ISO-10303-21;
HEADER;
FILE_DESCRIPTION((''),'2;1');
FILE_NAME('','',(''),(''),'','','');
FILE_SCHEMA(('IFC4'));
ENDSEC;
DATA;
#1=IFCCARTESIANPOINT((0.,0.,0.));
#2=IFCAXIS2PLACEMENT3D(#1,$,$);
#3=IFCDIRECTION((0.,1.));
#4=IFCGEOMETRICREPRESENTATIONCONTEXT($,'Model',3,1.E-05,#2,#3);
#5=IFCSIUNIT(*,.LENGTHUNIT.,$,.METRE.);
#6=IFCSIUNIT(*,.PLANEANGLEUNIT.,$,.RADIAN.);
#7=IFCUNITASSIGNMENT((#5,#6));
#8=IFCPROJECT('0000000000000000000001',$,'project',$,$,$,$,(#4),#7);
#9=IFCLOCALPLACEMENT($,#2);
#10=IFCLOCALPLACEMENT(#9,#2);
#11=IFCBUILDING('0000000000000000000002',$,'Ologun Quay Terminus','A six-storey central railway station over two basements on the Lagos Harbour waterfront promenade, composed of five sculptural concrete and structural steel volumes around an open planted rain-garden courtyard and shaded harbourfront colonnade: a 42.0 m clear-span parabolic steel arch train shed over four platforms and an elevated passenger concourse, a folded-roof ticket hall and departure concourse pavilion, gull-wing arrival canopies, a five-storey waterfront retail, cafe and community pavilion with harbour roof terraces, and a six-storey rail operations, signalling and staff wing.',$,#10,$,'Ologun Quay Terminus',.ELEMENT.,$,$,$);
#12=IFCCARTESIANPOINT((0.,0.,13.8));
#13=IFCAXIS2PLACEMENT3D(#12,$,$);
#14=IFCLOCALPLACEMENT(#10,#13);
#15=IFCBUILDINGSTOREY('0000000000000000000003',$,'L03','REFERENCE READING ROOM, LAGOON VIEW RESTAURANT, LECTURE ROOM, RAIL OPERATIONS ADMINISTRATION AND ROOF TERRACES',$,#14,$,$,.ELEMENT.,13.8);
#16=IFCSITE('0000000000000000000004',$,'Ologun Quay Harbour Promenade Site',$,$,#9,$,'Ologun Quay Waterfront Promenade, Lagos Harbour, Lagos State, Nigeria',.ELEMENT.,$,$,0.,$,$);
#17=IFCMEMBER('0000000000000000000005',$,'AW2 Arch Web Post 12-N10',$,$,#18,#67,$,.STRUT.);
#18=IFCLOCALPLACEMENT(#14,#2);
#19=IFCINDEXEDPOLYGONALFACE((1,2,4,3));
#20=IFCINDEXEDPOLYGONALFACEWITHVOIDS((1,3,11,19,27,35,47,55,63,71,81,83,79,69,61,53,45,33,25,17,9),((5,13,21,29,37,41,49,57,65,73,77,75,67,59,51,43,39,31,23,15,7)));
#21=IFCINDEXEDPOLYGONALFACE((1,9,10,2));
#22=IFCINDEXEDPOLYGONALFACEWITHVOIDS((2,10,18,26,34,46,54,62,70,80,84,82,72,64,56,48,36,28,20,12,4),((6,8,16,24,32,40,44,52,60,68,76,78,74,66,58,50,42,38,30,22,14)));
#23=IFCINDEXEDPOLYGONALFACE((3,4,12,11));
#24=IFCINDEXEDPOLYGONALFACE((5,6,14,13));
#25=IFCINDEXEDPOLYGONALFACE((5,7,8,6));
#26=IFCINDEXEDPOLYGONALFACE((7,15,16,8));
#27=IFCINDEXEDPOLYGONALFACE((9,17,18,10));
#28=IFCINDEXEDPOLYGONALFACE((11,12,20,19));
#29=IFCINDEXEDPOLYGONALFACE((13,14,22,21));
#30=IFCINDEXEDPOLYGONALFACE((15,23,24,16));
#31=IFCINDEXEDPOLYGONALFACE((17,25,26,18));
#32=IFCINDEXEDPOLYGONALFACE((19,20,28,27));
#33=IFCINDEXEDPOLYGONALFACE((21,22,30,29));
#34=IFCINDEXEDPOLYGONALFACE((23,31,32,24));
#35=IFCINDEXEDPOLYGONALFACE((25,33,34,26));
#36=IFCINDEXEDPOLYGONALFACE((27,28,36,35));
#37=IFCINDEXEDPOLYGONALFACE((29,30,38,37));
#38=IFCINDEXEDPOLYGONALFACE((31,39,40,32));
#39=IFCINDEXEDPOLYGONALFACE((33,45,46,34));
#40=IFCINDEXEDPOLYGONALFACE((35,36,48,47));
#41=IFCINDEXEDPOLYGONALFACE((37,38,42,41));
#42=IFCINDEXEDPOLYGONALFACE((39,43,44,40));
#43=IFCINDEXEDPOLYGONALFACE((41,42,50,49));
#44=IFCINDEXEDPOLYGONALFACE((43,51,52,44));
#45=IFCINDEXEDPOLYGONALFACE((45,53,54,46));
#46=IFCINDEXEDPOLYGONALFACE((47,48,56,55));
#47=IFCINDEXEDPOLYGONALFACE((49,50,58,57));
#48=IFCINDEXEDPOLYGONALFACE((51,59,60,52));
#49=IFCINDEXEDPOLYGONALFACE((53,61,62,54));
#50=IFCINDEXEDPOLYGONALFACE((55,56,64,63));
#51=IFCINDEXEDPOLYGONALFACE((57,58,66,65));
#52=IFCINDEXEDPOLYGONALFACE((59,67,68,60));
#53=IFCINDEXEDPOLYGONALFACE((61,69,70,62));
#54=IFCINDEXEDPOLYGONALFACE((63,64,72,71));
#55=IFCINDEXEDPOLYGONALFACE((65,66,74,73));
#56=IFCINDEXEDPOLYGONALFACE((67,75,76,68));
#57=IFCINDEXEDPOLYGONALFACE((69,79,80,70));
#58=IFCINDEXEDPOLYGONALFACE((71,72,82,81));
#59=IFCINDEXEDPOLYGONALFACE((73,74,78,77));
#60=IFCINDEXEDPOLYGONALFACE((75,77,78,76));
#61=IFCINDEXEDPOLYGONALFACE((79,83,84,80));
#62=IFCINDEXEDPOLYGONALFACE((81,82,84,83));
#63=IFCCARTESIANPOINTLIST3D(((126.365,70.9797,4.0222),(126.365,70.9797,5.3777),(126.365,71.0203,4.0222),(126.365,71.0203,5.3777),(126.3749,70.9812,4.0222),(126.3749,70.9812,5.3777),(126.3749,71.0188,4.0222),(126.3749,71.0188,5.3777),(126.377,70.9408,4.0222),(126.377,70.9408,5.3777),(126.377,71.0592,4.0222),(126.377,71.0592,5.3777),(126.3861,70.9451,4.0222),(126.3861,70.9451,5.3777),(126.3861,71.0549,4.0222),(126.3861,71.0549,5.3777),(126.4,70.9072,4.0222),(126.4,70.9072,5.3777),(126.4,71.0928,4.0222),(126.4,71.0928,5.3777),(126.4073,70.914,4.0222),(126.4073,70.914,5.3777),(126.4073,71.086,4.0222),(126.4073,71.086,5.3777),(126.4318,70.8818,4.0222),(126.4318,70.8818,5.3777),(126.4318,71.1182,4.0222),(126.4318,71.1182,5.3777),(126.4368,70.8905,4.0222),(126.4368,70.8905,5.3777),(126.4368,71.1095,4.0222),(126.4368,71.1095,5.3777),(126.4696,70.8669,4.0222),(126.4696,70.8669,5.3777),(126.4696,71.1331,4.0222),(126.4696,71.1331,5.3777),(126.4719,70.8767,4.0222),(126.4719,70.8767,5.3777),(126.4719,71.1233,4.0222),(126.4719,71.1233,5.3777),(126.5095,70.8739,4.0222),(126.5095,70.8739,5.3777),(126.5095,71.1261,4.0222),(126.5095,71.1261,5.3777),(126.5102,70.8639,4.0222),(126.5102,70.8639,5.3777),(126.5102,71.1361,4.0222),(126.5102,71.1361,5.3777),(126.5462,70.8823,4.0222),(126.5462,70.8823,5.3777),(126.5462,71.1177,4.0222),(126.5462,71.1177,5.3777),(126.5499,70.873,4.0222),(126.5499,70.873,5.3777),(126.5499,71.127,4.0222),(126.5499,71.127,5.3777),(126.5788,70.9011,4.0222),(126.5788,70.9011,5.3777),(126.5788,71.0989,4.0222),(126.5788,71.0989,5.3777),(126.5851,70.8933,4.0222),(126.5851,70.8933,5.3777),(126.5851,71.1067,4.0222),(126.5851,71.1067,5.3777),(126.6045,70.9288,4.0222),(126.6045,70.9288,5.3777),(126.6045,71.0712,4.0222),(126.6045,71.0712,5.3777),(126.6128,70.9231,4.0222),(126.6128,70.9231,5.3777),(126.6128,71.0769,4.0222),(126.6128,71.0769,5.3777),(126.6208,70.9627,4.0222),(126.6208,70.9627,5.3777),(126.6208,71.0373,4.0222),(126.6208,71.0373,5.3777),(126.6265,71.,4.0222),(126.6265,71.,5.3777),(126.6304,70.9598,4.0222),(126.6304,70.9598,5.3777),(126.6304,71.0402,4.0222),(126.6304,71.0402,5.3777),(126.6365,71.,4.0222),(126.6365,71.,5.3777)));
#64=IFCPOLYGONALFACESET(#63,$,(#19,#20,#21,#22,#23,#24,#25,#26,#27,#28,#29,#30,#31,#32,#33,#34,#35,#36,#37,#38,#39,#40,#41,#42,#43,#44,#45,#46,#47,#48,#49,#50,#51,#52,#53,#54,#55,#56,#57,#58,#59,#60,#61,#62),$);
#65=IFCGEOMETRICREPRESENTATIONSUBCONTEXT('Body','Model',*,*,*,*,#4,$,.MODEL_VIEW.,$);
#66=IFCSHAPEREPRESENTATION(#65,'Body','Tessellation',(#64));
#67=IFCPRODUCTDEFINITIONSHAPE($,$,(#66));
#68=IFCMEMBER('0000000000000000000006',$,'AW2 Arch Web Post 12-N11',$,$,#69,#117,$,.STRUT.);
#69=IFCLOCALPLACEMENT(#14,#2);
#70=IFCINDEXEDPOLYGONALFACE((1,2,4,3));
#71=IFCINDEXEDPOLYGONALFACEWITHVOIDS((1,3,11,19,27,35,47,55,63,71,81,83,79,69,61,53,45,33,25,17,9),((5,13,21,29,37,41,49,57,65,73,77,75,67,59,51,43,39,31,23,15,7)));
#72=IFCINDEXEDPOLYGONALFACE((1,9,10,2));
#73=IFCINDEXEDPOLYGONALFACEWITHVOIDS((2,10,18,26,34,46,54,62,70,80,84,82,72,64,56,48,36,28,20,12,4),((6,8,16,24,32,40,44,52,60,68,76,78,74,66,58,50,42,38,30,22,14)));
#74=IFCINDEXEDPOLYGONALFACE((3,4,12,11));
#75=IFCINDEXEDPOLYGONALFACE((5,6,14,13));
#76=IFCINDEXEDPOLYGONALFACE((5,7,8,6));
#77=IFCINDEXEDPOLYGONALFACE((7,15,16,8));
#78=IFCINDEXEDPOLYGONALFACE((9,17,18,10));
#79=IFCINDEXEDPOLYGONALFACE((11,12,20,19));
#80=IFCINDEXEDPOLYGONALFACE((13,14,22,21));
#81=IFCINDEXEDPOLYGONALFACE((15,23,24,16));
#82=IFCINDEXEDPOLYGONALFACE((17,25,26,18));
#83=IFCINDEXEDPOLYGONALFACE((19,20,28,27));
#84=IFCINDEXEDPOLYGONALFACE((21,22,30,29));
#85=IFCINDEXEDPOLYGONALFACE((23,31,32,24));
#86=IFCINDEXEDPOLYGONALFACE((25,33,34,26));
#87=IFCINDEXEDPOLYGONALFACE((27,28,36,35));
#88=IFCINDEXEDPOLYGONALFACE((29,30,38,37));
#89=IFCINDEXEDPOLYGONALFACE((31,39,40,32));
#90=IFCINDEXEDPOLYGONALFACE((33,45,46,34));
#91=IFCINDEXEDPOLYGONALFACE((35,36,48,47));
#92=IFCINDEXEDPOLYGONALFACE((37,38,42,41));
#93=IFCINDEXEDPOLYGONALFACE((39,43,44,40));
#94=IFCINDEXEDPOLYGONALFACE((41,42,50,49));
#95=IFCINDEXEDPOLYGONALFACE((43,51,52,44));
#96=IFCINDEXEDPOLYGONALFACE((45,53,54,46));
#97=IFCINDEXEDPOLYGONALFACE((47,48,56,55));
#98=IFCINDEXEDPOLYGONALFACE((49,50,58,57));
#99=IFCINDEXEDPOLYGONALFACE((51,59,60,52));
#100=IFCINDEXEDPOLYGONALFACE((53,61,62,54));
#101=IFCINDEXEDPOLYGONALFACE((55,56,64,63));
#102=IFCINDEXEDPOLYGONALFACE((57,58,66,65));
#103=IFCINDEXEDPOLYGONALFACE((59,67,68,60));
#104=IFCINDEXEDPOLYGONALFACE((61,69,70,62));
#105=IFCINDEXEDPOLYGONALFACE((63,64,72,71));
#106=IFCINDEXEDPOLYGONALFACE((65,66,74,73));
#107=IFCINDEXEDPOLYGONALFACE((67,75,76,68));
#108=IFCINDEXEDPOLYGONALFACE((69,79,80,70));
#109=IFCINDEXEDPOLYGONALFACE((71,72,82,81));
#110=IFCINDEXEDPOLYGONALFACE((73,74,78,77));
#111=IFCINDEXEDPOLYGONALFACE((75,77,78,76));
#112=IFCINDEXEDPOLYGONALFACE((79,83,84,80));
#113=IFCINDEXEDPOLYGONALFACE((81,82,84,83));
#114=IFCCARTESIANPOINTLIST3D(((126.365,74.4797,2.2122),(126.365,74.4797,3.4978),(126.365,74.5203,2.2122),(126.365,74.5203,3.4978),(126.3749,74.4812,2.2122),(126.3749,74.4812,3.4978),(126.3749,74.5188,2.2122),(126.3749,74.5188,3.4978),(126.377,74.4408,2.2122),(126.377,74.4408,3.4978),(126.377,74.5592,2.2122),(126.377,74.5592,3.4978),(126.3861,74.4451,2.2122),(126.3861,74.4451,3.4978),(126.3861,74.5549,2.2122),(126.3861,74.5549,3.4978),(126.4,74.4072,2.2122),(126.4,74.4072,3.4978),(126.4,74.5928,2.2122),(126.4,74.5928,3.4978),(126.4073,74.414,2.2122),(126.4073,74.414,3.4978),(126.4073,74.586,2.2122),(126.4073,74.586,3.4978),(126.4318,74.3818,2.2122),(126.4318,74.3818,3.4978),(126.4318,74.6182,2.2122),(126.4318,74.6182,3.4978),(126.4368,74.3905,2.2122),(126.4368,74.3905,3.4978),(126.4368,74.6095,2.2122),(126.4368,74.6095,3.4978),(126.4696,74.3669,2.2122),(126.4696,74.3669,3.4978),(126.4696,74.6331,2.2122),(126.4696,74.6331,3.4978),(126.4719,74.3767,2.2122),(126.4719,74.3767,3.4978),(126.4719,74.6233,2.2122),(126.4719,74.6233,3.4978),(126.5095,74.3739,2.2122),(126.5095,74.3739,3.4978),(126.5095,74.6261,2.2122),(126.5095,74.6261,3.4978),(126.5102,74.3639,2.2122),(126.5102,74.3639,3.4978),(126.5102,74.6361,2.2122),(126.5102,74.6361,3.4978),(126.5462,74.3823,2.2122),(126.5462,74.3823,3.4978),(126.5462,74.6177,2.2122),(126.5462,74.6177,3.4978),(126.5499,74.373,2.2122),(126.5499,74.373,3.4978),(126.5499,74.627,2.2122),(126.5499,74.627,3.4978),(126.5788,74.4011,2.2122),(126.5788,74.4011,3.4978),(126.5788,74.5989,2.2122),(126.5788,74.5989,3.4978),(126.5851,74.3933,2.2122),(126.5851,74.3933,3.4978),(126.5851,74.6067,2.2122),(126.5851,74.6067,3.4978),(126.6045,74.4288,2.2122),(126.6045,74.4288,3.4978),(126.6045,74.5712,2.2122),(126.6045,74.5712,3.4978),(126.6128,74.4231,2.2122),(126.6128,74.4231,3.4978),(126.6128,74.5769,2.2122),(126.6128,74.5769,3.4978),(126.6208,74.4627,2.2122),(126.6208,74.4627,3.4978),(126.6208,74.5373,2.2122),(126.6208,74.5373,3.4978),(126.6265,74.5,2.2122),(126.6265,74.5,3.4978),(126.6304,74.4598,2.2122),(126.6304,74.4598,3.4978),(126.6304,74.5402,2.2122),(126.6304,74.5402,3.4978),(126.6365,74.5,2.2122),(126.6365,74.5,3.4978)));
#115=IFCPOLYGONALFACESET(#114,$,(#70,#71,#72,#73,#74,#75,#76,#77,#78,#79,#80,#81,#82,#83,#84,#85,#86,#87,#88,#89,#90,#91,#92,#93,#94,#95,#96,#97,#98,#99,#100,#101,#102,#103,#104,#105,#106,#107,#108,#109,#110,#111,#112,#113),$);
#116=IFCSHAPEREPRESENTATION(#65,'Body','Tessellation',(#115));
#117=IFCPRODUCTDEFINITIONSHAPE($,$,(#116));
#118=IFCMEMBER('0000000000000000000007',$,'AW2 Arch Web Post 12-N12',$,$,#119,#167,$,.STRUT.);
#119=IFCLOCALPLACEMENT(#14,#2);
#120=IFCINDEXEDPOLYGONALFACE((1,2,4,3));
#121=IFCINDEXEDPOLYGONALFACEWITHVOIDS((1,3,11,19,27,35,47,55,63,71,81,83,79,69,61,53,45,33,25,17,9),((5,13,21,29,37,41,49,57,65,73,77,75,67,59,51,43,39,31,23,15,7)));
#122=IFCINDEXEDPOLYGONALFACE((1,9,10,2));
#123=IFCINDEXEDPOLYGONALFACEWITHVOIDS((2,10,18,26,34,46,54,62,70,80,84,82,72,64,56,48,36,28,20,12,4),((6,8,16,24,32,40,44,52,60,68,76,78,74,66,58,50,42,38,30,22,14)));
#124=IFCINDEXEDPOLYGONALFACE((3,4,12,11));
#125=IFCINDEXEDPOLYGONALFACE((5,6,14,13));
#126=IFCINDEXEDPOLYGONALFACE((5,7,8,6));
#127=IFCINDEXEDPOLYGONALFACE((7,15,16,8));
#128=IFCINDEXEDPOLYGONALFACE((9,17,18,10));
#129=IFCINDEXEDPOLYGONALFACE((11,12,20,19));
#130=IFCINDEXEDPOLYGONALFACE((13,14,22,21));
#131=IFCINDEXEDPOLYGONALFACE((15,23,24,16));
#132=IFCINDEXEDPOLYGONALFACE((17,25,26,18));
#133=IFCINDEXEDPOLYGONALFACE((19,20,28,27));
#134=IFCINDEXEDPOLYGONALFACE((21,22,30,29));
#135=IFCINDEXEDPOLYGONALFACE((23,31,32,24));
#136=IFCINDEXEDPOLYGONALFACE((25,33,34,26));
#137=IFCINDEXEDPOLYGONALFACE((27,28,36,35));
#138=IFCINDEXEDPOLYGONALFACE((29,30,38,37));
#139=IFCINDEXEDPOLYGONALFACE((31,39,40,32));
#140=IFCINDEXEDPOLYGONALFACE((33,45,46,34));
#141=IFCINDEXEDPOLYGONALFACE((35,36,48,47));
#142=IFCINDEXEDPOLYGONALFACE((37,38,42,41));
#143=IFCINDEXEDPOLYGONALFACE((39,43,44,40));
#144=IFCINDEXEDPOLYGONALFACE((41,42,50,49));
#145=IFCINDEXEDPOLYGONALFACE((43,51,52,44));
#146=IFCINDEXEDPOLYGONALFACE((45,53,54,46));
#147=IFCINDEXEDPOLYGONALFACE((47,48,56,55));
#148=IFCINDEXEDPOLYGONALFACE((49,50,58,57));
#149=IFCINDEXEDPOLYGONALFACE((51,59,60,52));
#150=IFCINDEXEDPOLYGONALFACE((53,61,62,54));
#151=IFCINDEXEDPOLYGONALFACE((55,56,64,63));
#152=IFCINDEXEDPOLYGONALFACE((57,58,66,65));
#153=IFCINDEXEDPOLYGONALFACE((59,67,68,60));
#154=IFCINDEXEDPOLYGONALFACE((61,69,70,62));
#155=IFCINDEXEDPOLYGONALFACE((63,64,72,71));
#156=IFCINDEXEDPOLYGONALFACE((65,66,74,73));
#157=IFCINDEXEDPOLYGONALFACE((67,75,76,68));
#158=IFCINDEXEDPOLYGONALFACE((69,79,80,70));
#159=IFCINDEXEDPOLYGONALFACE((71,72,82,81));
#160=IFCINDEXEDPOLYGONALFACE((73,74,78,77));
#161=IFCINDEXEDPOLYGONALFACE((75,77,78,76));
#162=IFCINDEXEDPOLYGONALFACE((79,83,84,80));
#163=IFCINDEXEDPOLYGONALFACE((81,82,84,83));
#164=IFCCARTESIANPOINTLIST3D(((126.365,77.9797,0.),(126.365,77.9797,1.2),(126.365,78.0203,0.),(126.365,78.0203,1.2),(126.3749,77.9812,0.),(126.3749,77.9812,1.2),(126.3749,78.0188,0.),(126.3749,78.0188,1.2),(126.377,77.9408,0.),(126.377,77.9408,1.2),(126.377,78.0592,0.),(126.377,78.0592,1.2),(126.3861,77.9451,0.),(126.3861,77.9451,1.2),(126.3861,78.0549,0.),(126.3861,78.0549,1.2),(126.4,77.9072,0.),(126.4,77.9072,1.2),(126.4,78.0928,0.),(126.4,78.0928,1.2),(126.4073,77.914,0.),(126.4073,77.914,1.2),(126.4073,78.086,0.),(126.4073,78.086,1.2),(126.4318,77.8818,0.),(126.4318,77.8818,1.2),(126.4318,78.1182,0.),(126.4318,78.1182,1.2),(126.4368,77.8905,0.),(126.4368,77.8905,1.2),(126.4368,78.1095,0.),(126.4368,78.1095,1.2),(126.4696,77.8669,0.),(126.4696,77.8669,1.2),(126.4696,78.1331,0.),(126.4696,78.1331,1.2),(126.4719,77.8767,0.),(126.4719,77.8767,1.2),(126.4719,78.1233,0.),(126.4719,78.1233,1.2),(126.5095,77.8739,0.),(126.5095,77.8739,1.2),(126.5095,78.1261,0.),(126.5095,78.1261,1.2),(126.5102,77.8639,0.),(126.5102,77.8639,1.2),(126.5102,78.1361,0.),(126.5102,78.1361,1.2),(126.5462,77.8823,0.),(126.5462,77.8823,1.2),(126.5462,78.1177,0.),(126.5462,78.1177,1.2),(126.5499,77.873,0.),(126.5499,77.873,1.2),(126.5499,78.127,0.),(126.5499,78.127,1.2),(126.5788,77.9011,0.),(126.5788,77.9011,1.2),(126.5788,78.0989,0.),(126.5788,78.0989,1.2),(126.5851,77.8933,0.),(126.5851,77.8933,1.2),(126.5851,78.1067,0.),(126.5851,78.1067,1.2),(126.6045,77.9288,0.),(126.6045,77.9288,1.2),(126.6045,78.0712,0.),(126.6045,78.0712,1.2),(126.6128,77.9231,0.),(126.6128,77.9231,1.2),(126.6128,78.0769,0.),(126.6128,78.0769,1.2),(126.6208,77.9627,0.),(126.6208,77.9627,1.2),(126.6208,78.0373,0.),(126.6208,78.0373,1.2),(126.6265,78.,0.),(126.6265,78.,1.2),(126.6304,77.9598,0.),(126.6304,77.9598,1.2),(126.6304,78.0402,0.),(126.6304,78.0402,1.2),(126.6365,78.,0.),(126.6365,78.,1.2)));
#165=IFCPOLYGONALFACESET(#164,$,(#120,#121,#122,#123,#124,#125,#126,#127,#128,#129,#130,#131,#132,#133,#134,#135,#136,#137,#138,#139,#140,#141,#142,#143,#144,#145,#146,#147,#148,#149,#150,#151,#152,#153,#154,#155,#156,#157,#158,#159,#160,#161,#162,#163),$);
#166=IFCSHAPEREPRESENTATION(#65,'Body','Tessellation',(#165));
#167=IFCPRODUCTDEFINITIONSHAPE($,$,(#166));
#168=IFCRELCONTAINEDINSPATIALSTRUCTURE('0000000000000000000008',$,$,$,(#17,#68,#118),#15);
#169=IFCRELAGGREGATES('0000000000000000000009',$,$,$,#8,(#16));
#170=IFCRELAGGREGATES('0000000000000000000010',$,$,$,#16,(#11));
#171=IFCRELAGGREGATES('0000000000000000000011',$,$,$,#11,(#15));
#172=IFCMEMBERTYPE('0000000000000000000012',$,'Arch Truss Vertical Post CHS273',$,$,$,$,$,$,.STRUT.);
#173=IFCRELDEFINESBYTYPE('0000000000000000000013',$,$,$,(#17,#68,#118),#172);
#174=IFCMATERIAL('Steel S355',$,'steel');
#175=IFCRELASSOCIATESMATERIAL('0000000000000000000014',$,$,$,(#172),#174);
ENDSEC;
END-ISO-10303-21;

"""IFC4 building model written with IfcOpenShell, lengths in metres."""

from ifc_helpers import new_model, si_unit, direction, frame, origin, origin_2d, place, context, subcontext, project, spatial, hollow_circle, extrude, material, material_profile, profile_set, type_object, element, save


model = new_model("IFC4")

# Units and contexts
model_context = context("Model", 3, precision=1e-05, world=origin(), true_north=direction((0.0, 1.0)))
body_context = subcontext(model_context, "Body", "Model", "MODEL_VIEW")
ifc_project = project(units=[si_unit("LENGTHUNIT", "METRE"), si_unit("PLANEANGLEUNIT", "RADIAN")], contexts=[model_context])

# Site, building, storey
site_placement = place(None, origin())
site = spatial("IfcSite", under=ifc_project, at=site_placement, Name="Ologun Quay Harbour Promenade Site", LongName="Ologun Quay Waterfront Promenade, Lagos Harbour, Lagos State, Nigeria", CompositionType="ELEMENT", RefElevation=0.0)
building_placement = place(site_placement, origin())
building = spatial("IfcBuilding", under=site, at=building_placement, Name="Ologun Quay Terminus", Description="A six-storey central railway station over two basements on the Lagos Harbour waterfront promenade, composed of five sculptural concrete and structural steel volumes around an open planted rain-garden courtyard and shaded harbourfront colonnade: a 42.0 m clear-span parabolic steel arch train shed over four platforms and an elevated passenger concourse, a folded-roof ticket hall and departure concourse pavilion, gull-wing arrival canopies, a five-storey waterfront retail, cafe and community pavilion with harbour roof terraces, and a six-storey rail operations, signalling and staff wing.", LongName="Ologun Quay Terminus", CompositionType="ELEMENT")
storey_placement = place(building_placement, frame((0.0, 0.0, 13.8)))
storey = spatial("IfcBuildingStorey", under=building, at=storey_placement, Name="L03", Description="REFERENCE READING ROOM, LAGOON VIEW RESTAURANT, LECTURE ROOM, RAIL OPERATIONS ADMINISTRATION AND ROOF TERRACES", CompositionType="ELEMENT", Elevation=13.8)

# Members
ifc_material_1 = material(Name="Steel S355", Category="steel")
ifc_material_profile_1 = material_profile(ifc_material_1, hollow_circle(Radius=0.1365, WallThickness=0.01, at=origin_2d()), Name="CHS 273x10")
ifc_profile_set_1 = profile_set([ifc_material_profile_1], Name="Steel S355")
member_type_1 = type_object("IfcMemberType", Name="Arch Truss Vertical Post CHS273", PredefinedType="STRUT", material=ifc_profile_set_1)
member_1_placement = place(storey_placement, frame((126.5, 71.0, 4.0222), z_axis=(0.0, 0.0, 1.0), x_axis=(1.0, 0.0, 0.0)))
element("IfcMember", 1, at=member_1_placement, inside=storey, type_object=member_type_1, Name="AW2 Arch Web Post 12-N10", PredefinedType="STRUT", context=body_context, shape_type="SweptSolid", body=[
    extrude(hollow_circle(Radius=0.1365, WallThickness=0.01, at=origin_2d()), origin(), (0.0, 0.0, 1.0), 1.3555),
])
member_2_placement = place(storey_placement, frame((126.5, 74.5, 2.2122), z_axis=(0.0, 0.0, 1.0), x_axis=(1.0, 0.0, 0.0)))
element("IfcMember", 2, at=member_2_placement, inside=storey, type_object=member_type_1, Name="AW2 Arch Web Post 12-N11", PredefinedType="STRUT", context=body_context, shape_type="SweptSolid", body=[
    extrude(hollow_circle(Radius=0.1365, WallThickness=0.01, at=origin_2d()), origin(), (0.0, 0.0, 1.0), 1.2856),
])
member_3_placement = place(storey_placement, frame((126.5, 78.0, 0.0), z_axis=(0.0, 0.0, 1.0), x_axis=(1.0, 0.0, 0.0)))
element("IfcMember", 3, at=member_3_placement, inside=storey, type_object=member_type_1, Name="AW2 Arch Web Post 12-N12", PredefinedType="STRUT", context=body_context, shape_type="SweptSolid", body=[
    extrude(hollow_circle(Radius=0.1365, WallThickness=0.01, at=origin_2d()), origin(), (0.0, 0.0, 1.0), 1.2),
])

save(model, "model.ifc")
